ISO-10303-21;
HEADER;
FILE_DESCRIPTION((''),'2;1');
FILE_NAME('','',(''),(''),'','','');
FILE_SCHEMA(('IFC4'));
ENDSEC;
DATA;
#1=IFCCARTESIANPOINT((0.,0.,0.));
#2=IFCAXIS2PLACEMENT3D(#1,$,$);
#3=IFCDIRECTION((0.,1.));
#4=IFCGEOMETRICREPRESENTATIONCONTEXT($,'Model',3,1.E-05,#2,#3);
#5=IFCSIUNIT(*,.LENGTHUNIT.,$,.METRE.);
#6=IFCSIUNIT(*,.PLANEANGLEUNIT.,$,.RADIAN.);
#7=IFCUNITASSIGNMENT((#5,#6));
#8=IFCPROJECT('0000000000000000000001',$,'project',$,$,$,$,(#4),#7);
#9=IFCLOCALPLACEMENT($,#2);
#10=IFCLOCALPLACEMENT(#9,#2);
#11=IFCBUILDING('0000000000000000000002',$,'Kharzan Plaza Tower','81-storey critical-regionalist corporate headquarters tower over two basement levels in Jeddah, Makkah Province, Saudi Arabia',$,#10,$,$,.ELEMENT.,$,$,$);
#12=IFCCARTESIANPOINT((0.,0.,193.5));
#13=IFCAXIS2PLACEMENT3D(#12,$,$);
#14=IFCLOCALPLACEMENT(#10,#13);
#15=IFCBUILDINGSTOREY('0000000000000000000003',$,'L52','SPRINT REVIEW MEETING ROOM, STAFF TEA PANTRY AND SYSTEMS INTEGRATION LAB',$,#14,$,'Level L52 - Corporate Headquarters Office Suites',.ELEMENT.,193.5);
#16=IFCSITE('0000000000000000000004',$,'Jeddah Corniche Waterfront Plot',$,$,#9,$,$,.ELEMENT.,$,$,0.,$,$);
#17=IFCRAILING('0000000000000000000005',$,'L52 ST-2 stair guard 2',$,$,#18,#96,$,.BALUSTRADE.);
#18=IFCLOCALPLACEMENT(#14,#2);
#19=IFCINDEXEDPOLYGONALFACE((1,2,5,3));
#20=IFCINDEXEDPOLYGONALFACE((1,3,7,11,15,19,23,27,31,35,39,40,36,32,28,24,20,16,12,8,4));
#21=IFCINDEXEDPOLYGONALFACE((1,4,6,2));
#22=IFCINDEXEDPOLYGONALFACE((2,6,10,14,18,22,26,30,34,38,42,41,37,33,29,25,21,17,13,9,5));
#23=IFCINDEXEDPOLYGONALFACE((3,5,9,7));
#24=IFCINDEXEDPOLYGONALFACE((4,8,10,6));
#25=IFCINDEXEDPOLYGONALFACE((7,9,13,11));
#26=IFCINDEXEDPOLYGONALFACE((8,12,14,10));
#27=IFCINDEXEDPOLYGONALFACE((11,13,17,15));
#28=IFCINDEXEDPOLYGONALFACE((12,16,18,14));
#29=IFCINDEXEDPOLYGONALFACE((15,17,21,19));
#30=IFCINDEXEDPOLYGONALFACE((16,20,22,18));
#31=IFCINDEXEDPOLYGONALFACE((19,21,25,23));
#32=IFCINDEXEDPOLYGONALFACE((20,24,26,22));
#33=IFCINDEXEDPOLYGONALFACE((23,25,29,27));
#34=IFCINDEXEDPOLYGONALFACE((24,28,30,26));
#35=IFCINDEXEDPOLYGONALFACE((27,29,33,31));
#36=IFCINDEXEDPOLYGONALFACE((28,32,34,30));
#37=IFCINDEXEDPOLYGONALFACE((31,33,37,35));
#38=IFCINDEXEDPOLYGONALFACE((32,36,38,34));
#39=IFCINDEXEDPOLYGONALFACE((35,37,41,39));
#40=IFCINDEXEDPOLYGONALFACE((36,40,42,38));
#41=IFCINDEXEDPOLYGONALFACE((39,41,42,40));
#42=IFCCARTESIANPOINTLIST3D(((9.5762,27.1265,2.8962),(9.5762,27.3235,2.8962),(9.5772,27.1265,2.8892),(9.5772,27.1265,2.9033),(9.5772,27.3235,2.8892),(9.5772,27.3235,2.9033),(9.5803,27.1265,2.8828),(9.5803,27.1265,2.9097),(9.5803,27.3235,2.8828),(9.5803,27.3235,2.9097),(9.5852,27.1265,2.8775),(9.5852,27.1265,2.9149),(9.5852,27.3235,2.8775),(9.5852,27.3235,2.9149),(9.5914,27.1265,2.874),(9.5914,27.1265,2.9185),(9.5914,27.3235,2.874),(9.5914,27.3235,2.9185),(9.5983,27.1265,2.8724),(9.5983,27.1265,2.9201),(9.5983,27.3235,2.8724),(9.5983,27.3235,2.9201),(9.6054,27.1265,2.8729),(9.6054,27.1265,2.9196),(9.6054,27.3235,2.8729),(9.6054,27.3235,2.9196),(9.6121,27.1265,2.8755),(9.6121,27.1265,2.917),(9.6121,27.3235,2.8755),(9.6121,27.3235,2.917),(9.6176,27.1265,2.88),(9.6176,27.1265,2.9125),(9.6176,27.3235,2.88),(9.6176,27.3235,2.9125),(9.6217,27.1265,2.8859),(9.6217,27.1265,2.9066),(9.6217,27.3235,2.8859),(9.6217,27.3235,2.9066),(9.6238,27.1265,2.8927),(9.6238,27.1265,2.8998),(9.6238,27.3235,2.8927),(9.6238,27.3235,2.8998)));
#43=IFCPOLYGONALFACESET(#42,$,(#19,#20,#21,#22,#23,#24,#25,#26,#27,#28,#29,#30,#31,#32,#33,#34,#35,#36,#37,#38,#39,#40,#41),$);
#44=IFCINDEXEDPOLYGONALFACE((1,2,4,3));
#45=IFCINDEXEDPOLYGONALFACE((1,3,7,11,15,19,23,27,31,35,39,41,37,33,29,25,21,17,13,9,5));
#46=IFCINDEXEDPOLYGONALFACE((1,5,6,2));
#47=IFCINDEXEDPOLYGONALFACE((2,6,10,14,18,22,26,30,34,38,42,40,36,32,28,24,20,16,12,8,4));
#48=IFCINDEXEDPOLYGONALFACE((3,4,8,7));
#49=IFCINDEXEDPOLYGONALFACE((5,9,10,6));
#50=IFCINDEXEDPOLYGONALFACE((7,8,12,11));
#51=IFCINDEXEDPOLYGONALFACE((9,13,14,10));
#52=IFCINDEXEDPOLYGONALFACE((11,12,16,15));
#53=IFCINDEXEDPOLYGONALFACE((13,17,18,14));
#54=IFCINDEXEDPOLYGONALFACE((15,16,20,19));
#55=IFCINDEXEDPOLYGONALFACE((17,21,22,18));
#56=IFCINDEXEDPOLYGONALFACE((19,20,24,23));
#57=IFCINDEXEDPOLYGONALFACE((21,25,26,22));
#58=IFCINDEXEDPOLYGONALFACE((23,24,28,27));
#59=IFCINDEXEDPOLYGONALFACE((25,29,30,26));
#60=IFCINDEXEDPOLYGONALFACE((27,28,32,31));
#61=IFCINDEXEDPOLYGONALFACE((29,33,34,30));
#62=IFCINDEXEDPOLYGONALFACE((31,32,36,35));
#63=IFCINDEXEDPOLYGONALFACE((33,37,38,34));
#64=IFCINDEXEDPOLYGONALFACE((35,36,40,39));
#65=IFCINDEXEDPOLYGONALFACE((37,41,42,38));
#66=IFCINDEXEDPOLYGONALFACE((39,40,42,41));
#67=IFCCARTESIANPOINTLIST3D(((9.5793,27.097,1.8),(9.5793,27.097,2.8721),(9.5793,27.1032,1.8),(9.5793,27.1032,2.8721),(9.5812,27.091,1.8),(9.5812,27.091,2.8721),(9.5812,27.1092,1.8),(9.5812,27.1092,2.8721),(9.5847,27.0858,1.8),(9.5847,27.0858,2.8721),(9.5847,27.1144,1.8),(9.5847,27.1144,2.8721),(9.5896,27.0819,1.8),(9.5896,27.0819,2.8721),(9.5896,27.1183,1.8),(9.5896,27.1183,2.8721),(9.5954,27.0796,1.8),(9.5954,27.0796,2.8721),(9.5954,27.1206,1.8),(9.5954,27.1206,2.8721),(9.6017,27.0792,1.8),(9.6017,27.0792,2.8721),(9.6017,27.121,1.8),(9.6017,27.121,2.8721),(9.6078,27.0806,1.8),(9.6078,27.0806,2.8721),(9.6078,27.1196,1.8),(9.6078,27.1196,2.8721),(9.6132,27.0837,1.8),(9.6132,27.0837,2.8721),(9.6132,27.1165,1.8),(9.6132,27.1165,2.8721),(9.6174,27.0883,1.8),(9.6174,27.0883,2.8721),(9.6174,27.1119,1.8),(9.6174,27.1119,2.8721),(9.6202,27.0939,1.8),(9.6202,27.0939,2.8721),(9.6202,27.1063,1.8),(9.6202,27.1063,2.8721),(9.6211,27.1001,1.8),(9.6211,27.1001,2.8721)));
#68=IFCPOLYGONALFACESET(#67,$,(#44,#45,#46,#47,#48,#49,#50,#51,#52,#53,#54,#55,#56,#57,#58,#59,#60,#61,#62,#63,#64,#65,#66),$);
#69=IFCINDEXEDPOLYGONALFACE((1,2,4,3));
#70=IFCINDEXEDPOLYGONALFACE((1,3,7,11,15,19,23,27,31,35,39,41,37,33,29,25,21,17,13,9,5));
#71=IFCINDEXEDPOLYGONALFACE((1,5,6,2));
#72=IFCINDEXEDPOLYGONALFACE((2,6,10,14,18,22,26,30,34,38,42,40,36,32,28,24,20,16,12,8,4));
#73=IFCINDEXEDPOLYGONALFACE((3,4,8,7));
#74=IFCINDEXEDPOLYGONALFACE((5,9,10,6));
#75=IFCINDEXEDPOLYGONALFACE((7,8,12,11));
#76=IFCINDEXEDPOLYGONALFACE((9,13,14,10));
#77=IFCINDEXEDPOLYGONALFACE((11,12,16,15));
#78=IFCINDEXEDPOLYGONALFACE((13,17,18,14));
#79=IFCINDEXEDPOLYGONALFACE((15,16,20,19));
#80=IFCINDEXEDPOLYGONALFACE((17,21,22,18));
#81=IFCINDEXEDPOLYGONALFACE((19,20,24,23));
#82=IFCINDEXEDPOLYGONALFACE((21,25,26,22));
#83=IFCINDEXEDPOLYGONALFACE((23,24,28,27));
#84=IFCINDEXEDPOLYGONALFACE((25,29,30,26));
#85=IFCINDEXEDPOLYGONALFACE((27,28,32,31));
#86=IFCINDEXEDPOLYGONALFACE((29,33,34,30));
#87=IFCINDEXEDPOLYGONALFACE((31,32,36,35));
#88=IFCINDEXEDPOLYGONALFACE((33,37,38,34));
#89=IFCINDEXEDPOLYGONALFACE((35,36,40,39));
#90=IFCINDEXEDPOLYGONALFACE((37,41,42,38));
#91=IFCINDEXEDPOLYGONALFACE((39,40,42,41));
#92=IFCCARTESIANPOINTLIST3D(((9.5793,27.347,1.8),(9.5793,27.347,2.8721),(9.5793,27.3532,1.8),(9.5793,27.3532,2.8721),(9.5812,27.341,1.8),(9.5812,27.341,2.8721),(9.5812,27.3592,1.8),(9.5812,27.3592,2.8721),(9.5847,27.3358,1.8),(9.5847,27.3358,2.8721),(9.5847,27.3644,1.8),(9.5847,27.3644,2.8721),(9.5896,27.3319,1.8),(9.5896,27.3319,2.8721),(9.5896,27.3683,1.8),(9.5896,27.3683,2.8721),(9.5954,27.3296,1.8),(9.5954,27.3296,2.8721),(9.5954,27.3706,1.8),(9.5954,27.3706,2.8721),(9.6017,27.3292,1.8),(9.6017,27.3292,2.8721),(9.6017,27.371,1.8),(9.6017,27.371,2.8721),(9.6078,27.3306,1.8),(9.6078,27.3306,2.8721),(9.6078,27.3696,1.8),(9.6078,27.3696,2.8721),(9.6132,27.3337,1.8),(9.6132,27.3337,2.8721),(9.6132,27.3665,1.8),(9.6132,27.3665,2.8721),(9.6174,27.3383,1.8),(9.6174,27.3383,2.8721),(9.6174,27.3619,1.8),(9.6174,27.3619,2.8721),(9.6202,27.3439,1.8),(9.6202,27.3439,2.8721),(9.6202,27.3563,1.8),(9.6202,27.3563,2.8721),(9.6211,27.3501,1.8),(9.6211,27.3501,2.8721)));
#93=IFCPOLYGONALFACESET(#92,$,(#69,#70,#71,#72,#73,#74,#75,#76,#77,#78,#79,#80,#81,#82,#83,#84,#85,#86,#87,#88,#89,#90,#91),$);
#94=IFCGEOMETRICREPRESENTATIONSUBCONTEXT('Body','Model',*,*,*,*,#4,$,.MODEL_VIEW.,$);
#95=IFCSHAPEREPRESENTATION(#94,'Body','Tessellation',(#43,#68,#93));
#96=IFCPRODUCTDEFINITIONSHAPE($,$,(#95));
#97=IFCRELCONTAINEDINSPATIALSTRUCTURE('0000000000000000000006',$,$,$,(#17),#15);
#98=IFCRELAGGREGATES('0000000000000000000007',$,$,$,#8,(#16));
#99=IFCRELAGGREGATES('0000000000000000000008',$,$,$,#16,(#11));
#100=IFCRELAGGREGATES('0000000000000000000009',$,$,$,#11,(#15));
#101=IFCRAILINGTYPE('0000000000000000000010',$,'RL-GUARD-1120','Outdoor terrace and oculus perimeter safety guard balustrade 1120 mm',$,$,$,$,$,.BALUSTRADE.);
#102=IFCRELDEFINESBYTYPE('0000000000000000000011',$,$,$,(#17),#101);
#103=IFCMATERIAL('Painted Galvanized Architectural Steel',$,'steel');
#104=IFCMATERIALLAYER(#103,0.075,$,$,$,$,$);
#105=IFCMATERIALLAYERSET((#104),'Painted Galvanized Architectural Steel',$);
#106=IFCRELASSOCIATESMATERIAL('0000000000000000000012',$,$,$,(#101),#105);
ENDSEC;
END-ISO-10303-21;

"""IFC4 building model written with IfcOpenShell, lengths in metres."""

from ifc_helpers import new_model, si_unit, direction, frame, origin, origin_2d, place, context, subcontext, project, spatial, circle, extrude, source, transform, mapped, material, layer, layer_set, type_object, element, save


model = new_model("IFC4")

# Units and contexts
model_context = context("Model", 3, precision=1e-05, world=origin(), true_north=direction((0.0, 1.0)))
body_context = subcontext(model_context, "Body", "Model", "MODEL_VIEW")
ifc_project = project(units=[si_unit("LENGTHUNIT", "METRE"), si_unit("PLANEANGLEUNIT", "RADIAN")], contexts=[model_context])

# Site, building, storey
site_placement = place(None, origin())
site = spatial("IfcSite", under=ifc_project, at=site_placement, Name="Jeddah Corniche Waterfront Plot", CompositionType="ELEMENT", RefElevation=0.0)
building_placement = place(site_placement, origin())
building = spatial("IfcBuilding", under=site, at=building_placement, Name="Kharzan Plaza Tower", Description="81-storey critical-regionalist corporate headquarters tower over two basement levels in Jeddah, Makkah Province, Saudi Arabia", CompositionType="ELEMENT")
storey_placement = place(building_placement, frame((0.0, 0.0, 193.5)))
storey = spatial("IfcBuildingStorey", under=building, at=storey_placement, Name="L52", Description="SPRINT REVIEW MEETING ROOM, STAFF TEA PANTRY AND SYSTEMS INTEGRATION LAB", LongName="Level L52 - Corporate Headquarters Office Suites", CompositionType="ELEMENT", Elevation=193.5)

# Railing
ifc_material_1 = material(Name="Painted Galvanized Architectural Steel", Category="steel")
ifc_layer_1 = layer(ifc_material_1, 0.075)
ifc_layer_set_1 = layer_set([ifc_layer_1], Name="Painted Galvanized Architectural Steel")
railing_type_1 = type_object("IfcRailingType", Name="RL-GUARD-1120", Description="Outdoor terrace and oculus perimeter safety guard balustrade 1120 mm", PredefinedType="BALUSTRADE", material=ifc_layer_set_1)
shared_shape_1 = source(origin(), body_context, "Body", "SweptSolid", [
    extrude(circle(Radius=0.0239, at=origin_2d()), frame((0.0, 0.0264, 1.0962), z_axis=(0.0, 1.0, 0.0), x_axis=(-1.0, 0.0, 0.0)), (0.0, 0.0, 1.0), 0.197),
    extrude(circle(Radius=0.021, at=origin_2d()), origin(), (0.0, 0.0, 1.0), 1.072),
    extrude(circle(Radius=0.021, at=origin_2d()), frame((0.0, 0.25, 0.0)), (0.0, 0.0, 1.0), 1.072),
])
railing_1_placement = place(storey_placement, frame((9.6001, 27.1001, 1.8)))
element("IfcRailing", 1, at=railing_1_placement, inside=storey, type_object=railing_type_1, Name="L52 ST-2 stair guard 2", PredefinedType="BALUSTRADE", context=body_context, shape_type="MappedRepresentation", body=[
    mapped(shared_shape_1, transform((0.0, 0.0, 0.0), x_axis=(1.0, 0.0, 0.0), y_axis=(0.0, 1.0, 0.0), z_axis=(0.0, 0.0, 1.0))),
])

save(model, "model.ifc")
